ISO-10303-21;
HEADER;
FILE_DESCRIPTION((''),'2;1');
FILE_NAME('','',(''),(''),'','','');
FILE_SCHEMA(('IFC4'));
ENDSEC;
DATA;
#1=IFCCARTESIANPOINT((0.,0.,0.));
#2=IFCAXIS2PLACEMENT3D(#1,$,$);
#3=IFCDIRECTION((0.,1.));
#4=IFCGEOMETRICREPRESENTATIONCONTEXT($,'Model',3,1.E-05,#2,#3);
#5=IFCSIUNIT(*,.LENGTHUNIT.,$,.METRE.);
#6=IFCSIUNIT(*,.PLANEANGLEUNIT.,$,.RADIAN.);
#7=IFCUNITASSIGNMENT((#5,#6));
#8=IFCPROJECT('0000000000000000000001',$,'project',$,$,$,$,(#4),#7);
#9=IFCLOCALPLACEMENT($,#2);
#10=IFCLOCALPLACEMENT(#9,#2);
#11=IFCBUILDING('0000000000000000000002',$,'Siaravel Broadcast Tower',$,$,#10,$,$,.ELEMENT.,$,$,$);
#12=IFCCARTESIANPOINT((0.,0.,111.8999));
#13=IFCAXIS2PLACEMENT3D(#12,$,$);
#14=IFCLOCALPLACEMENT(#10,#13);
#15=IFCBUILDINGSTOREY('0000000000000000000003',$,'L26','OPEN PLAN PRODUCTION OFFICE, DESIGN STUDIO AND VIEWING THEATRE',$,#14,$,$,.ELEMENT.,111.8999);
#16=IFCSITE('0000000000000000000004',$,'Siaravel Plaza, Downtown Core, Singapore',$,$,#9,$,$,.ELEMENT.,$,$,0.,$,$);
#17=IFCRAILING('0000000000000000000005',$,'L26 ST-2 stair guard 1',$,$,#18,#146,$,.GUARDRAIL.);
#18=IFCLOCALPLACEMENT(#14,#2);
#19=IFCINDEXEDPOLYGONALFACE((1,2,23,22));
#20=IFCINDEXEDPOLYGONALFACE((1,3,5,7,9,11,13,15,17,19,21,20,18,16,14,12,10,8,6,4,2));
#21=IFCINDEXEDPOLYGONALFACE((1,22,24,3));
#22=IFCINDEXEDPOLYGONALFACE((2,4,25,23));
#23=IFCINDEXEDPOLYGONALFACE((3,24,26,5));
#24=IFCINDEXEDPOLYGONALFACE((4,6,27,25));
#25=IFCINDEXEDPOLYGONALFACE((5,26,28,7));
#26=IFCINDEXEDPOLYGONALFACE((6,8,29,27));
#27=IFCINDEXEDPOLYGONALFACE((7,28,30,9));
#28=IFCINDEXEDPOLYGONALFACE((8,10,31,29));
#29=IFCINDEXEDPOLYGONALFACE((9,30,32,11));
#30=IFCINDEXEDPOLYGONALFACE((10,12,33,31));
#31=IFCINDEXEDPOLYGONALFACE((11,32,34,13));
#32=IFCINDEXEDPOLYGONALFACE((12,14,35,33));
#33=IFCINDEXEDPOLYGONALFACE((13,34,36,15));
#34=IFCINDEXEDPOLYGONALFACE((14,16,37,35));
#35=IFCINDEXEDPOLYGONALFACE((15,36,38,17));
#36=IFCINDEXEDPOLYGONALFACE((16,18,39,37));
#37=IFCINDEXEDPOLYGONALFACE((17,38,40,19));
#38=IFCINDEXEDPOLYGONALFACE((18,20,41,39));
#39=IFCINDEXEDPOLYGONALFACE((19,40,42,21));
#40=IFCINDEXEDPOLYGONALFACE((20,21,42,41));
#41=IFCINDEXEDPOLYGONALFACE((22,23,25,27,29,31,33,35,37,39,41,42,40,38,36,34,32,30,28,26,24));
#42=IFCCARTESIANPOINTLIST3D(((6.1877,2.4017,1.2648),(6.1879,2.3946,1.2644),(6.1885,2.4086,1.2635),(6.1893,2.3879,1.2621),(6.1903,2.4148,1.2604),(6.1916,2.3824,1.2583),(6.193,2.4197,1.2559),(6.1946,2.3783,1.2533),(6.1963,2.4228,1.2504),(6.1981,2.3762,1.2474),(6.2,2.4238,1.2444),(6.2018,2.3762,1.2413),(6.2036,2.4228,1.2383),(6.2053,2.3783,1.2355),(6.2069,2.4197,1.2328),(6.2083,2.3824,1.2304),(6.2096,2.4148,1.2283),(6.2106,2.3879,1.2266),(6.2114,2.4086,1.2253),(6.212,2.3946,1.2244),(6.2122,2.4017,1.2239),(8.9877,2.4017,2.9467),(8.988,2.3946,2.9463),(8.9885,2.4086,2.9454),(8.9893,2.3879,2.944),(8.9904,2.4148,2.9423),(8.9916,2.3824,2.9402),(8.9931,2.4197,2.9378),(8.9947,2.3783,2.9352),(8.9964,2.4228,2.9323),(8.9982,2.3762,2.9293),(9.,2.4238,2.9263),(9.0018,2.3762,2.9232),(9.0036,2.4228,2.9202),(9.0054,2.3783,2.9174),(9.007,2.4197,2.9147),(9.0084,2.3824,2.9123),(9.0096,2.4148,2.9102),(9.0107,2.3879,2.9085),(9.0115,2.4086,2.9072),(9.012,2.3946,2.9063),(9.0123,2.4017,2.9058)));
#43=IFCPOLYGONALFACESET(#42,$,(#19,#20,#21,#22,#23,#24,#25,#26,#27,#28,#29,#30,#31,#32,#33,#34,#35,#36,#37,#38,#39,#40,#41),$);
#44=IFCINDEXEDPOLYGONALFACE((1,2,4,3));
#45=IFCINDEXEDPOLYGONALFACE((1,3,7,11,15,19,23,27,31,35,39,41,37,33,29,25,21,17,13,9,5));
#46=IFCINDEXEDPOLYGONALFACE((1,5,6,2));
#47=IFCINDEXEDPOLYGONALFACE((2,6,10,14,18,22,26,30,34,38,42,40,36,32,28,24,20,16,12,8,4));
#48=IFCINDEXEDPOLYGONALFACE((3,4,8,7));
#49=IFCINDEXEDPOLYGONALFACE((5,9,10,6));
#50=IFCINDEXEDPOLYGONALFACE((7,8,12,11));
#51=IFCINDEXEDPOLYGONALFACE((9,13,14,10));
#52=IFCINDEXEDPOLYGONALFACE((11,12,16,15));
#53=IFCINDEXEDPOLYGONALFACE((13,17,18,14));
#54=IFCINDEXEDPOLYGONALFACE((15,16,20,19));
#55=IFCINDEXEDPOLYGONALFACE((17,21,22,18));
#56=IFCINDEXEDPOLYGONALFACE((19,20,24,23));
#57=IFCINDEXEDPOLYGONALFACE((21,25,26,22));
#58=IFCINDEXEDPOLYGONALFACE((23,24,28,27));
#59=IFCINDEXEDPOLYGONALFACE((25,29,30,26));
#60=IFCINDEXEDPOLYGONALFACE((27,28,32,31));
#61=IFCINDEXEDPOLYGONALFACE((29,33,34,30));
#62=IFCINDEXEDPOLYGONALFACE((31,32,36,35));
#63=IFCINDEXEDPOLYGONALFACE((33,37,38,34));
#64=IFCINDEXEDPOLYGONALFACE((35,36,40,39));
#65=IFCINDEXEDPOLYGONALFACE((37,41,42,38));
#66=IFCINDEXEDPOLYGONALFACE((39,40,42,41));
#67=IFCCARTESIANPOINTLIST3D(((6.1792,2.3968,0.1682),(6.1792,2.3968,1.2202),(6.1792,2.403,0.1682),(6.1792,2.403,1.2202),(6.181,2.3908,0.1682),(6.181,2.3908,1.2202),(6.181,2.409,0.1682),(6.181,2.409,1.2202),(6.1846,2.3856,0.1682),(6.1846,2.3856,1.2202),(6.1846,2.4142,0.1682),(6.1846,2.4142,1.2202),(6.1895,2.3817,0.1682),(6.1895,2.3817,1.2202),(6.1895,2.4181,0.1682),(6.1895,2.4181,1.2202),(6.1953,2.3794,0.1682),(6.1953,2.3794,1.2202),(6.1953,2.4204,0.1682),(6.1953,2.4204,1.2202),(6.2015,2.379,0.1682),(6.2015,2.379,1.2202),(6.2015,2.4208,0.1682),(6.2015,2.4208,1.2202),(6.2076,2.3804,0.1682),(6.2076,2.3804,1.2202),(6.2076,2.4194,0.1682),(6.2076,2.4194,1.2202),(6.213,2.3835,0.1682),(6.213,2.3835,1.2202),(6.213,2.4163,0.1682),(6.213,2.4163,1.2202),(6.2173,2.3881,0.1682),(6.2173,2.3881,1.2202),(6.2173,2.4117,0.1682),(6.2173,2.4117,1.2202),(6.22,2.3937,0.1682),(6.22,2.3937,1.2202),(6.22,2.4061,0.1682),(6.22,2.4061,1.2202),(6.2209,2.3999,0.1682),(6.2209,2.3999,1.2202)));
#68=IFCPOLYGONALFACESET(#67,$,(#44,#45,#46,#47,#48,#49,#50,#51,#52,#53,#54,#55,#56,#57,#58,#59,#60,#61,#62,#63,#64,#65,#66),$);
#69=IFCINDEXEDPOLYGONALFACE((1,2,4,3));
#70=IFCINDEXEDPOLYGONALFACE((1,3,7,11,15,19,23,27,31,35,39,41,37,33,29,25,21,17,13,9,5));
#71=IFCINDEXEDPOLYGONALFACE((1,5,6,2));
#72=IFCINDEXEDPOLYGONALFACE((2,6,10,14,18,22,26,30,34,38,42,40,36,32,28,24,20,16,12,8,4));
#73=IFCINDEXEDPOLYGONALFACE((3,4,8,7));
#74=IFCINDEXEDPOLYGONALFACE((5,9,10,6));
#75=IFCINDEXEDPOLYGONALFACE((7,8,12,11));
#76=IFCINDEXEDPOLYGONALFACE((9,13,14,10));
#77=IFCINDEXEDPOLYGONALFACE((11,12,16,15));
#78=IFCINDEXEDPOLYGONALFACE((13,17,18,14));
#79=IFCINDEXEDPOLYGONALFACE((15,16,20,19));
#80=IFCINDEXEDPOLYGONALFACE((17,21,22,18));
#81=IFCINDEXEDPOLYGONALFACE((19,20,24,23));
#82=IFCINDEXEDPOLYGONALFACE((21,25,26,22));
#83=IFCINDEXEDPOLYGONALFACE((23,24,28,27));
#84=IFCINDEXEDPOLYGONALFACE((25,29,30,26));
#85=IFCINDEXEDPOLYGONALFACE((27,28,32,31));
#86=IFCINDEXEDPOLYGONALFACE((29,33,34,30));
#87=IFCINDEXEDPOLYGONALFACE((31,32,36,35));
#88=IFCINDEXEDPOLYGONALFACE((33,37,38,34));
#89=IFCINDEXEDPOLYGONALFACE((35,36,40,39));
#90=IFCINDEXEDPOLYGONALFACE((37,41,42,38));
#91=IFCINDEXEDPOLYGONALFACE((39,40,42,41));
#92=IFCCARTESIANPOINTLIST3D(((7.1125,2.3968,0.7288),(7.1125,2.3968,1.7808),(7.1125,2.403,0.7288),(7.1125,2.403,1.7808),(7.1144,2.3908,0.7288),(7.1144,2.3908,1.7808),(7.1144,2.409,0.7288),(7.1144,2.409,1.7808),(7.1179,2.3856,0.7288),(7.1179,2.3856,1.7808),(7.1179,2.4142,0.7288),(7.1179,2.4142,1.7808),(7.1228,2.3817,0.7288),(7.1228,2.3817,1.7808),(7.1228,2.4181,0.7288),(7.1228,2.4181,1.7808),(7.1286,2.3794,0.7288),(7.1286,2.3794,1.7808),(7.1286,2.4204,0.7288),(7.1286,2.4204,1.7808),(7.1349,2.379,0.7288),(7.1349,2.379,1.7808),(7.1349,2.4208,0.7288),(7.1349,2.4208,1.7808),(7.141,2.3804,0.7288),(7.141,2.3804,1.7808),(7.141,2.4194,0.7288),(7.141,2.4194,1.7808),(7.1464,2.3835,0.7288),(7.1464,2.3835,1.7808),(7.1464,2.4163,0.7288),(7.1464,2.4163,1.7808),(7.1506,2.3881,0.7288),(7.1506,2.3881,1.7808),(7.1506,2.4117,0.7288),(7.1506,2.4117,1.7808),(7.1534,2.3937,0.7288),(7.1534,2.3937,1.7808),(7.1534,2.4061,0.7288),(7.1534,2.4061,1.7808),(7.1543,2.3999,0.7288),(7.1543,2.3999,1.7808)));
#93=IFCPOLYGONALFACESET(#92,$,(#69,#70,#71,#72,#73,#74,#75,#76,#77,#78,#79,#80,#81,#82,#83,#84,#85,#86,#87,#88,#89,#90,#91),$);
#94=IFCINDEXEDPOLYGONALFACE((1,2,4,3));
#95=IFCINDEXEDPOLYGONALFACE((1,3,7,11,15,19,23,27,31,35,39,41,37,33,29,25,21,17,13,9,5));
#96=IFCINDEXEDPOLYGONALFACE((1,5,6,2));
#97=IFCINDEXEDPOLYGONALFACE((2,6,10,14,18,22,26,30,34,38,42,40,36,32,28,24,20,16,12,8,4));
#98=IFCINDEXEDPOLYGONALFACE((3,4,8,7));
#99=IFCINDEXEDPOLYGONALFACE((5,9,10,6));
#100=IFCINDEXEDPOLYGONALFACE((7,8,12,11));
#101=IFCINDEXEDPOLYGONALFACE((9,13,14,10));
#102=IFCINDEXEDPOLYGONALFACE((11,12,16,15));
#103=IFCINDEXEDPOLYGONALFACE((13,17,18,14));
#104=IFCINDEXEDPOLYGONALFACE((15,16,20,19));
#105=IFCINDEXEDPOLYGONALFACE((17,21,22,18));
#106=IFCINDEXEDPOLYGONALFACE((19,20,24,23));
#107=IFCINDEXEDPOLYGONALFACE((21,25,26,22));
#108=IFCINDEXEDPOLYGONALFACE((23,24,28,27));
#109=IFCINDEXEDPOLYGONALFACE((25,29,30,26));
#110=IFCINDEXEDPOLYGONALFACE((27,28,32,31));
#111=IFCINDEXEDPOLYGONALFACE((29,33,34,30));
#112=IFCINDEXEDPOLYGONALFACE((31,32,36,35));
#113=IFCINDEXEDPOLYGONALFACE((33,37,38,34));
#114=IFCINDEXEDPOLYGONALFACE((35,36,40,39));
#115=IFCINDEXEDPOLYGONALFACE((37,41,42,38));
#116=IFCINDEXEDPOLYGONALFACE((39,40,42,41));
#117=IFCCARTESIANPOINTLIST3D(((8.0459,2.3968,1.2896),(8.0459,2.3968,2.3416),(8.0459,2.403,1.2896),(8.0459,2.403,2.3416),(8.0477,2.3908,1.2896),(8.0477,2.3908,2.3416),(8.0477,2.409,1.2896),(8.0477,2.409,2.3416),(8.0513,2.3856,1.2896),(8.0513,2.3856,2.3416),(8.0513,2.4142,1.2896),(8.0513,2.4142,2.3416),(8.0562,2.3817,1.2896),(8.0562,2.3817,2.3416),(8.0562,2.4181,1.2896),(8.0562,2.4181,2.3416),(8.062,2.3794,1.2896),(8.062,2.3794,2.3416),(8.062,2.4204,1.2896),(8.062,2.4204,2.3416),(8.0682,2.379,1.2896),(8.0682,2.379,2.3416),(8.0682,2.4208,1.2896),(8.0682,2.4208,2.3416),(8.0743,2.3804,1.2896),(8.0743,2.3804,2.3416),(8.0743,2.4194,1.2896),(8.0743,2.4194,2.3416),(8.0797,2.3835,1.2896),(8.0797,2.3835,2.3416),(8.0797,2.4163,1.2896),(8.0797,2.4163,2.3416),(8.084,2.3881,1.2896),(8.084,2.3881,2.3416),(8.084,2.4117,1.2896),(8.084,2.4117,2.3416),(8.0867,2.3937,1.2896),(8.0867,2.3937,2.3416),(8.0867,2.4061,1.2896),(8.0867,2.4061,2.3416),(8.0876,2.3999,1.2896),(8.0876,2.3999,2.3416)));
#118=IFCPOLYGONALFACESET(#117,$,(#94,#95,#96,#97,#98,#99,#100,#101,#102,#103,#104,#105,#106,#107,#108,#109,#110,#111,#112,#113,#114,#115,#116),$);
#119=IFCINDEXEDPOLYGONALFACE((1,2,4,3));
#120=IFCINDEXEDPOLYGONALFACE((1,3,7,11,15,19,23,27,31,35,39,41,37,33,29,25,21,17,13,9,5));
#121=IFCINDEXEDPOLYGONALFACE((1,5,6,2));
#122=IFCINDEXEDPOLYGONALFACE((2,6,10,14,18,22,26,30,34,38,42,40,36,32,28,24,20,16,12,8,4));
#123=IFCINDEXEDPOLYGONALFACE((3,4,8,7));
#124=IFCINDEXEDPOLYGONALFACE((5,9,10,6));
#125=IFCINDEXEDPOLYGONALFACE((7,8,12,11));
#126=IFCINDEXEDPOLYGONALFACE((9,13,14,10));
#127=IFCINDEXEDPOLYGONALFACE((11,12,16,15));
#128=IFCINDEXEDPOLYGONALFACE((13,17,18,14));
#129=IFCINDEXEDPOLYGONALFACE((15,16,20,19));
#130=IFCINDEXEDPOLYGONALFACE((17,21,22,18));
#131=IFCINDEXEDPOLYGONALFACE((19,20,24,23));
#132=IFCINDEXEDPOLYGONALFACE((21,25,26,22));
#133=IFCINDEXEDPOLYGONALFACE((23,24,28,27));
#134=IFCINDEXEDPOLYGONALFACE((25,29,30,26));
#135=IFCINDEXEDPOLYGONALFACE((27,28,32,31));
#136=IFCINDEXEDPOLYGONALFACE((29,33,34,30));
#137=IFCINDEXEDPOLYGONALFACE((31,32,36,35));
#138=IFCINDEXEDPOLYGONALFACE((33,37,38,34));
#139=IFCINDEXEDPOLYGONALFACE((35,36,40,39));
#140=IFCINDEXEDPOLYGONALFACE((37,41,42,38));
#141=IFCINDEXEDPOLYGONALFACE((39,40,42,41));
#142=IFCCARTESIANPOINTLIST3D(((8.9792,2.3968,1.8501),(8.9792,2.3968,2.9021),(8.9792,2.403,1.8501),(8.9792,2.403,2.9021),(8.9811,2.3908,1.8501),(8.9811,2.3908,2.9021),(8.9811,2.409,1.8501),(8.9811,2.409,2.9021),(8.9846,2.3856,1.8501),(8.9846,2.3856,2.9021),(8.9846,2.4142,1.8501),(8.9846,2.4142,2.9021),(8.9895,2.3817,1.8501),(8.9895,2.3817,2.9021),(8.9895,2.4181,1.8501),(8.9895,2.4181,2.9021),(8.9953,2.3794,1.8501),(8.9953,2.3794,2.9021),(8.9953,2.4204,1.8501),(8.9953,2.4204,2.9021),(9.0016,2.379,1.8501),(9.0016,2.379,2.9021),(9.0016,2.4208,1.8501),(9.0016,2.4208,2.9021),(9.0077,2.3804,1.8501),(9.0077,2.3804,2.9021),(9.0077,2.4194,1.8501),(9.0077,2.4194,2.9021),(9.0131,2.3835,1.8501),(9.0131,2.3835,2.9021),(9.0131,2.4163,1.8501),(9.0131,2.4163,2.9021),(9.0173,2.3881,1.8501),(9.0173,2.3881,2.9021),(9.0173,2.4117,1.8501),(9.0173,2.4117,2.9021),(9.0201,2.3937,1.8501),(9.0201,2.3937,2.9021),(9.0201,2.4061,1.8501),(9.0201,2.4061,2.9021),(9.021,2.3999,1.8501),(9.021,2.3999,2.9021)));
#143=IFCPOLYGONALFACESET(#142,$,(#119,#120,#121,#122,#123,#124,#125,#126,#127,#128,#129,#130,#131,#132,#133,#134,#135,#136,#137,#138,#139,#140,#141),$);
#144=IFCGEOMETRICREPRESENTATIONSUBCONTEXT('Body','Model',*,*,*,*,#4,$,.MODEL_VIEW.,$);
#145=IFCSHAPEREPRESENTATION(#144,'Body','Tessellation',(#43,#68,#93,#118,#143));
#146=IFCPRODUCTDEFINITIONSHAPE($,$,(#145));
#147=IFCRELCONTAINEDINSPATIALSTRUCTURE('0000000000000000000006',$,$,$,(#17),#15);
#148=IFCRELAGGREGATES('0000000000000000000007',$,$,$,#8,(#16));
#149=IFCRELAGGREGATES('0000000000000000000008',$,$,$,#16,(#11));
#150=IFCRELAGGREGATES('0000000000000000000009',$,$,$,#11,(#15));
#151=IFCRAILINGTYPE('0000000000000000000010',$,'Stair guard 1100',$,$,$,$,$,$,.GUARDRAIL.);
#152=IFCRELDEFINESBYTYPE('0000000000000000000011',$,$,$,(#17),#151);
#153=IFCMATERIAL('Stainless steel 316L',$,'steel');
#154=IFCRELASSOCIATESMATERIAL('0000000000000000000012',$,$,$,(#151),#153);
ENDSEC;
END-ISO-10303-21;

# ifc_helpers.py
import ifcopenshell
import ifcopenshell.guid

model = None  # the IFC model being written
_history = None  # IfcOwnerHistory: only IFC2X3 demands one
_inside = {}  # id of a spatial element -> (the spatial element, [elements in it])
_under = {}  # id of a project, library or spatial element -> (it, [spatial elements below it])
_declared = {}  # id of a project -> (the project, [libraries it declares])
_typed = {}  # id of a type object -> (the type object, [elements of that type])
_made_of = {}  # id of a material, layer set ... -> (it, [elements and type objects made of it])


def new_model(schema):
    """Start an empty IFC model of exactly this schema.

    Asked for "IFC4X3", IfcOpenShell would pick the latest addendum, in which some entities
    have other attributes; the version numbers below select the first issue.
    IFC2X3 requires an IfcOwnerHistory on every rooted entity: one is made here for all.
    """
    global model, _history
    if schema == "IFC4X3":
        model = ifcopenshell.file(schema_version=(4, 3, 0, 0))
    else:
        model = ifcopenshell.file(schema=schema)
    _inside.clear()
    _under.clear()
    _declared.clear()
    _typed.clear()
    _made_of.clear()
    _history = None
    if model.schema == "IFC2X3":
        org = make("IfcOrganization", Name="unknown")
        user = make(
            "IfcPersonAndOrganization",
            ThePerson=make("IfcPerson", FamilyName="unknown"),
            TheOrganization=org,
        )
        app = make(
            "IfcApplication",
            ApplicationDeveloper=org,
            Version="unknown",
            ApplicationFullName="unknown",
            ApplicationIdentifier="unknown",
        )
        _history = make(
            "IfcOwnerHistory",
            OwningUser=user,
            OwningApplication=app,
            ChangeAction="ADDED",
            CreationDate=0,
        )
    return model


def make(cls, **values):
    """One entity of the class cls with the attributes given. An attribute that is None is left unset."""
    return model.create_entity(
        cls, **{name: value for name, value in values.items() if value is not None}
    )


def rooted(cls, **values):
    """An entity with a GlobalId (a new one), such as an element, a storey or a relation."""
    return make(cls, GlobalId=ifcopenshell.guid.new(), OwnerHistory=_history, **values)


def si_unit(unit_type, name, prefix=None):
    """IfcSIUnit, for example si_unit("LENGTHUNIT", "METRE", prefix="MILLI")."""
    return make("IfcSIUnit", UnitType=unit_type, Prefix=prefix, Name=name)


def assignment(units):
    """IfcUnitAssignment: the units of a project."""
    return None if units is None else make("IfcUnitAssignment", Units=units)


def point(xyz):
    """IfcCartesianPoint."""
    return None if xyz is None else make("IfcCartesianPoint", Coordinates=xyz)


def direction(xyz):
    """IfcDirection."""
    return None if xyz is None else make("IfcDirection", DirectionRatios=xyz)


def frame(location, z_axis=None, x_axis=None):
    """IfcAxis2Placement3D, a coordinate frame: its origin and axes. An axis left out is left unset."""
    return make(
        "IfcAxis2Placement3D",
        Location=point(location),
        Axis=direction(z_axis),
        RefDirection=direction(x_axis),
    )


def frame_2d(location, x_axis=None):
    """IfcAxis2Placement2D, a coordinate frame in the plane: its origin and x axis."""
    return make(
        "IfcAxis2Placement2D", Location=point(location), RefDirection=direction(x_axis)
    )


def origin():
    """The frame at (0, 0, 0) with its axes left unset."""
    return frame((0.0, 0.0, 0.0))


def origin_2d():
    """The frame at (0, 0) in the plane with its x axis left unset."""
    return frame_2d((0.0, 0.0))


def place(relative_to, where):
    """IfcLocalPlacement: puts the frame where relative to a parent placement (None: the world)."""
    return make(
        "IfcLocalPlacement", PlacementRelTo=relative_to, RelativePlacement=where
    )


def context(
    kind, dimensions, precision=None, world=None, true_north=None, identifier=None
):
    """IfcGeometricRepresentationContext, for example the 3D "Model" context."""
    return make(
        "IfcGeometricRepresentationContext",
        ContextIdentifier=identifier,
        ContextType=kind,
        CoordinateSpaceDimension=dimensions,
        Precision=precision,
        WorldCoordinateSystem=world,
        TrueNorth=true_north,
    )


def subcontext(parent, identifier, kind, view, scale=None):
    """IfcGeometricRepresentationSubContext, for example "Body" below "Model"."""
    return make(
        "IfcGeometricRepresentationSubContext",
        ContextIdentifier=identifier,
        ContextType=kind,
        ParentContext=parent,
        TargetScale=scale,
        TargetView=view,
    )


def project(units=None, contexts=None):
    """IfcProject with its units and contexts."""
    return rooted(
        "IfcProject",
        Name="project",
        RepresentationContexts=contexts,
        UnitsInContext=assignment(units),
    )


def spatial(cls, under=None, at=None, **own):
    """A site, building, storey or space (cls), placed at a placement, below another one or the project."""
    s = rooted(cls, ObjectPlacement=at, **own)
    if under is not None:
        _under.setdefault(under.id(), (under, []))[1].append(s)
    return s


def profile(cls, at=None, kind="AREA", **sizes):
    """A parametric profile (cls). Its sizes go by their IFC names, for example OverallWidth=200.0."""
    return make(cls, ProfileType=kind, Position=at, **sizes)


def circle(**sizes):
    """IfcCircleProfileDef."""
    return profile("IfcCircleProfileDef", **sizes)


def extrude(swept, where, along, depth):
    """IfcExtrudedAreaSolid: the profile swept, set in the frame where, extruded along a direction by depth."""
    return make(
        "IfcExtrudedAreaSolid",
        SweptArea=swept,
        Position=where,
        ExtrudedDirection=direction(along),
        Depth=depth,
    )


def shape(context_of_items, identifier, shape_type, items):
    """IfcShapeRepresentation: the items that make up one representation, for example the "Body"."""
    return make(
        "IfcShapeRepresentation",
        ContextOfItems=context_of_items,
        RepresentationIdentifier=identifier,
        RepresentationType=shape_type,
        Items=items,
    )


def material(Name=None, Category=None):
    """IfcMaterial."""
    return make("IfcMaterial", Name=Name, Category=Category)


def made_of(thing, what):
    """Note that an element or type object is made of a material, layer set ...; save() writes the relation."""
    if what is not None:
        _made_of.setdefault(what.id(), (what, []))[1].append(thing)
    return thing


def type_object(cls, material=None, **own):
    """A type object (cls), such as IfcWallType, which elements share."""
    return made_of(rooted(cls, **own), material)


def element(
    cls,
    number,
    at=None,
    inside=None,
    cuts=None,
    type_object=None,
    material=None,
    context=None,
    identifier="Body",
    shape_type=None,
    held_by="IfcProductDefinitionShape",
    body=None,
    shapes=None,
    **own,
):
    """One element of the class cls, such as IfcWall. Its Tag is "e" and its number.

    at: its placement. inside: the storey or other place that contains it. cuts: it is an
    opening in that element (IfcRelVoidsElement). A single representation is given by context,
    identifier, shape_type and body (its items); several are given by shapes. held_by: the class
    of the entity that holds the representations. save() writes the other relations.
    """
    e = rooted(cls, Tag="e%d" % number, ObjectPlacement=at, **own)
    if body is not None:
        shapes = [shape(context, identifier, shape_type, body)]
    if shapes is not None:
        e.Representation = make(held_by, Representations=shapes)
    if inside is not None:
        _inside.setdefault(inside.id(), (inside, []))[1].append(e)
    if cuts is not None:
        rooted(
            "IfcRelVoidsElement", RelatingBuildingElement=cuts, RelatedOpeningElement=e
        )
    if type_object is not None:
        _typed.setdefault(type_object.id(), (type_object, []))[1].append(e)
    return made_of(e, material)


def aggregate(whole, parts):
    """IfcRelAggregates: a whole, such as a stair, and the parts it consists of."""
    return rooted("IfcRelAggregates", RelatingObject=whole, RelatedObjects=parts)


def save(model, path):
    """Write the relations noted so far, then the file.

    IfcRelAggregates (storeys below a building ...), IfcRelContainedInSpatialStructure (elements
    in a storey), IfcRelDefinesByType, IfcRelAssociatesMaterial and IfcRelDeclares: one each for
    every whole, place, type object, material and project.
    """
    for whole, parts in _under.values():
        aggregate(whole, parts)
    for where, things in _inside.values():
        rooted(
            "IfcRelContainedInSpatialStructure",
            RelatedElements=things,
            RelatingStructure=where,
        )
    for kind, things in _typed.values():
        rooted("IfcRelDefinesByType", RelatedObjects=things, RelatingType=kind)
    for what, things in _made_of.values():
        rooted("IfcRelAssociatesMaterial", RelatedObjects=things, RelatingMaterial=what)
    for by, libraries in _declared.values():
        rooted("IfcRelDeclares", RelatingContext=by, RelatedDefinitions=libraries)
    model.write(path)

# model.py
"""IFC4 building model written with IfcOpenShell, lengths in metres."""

from ifc_helpers import new_model, si_unit, direction, frame, origin, origin_2d, place, context, subcontext, project, spatial, circle, extrude, material, type_object, element, save


model = new_model("IFC4")

# Units and contexts
model_context = context("Model", 3, precision=1e-05, world=origin(), true_north=direction((0.0, 1.0)))
body_context = subcontext(model_context, "Body", "Model", "MODEL_VIEW")
ifc_project = project(units=[si_unit("LENGTHUNIT", "METRE"), si_unit("PLANEANGLEUNIT", "RADIAN")], contexts=[model_context])

# Site, building, storey
site_placement = place(None, origin())
site = spatial("IfcSite", under=ifc_project, at=site_placement, Name="Siaravel Plaza, Downtown Core, Singapore", CompositionType="ELEMENT", RefElevation=0.0)
building_placement = place(site_placement, origin())
building = spatial("IfcBuilding", under=site, at=building_placement, Name="Siaravel Broadcast Tower", CompositionType="ELEMENT")
storey_placement = place(building_placement, frame((0.0, 0.0, 111.8999)))
storey = spatial("IfcBuildingStorey", under=building, at=storey_placement, Name="L26", Description="OPEN PLAN PRODUCTION OFFICE, DESIGN STUDIO AND VIEWING THEATRE", CompositionType="ELEMENT", Elevation=111.8999)

# Railing
ifc_material_1 = material(Name="Stainless steel 316L", Category="steel")
railing_type_1 = type_object("IfcRailingType", Name="Stair guard 1100", PredefinedType="GUARDRAIL", material=ifc_material_1)
railing_1_placement = place(storey_placement, frame((6.2, 2.3999, 0.1682)))
element("IfcRailing", 1, at=railing_1_placement, inside=storey, type_object=railing_type_1, Name="L26 ST-2 stair guard 1", PredefinedType="GUARDRAIL", context=body_context, shape_type="SweptSolid", body=[
    extrude(circle(Radius=0.0239, at=origin_2d()), frame((0.0, 0.0, 1.0762), z_axis=(0.857242, 0.0, 0.514913), x_axis=(0.0, 1.0, 0.0)), (0.0, 0.0, 1.0), 3.2664),
    extrude(circle(Radius=0.021, at=origin_2d()), origin(), (0.0, 0.0, 1.0), 1.052),
    extrude(circle(Radius=0.021, at=origin_2d()), frame((0.9333, 0.0, 0.5605)), (0.0, 0.0, 1.0), 1.052),
    extrude(circle(Radius=0.021, at=origin_2d()), frame((1.8667, 0.0, 1.1213)), (0.0, 0.0, 1.0), 1.052),
    extrude(circle(Radius=0.021, at=origin_2d()), frame((2.8, 0.0, 1.6819)), (0.0, 0.0, 1.0), 1.052),
])

save(model, "model.ifc")
